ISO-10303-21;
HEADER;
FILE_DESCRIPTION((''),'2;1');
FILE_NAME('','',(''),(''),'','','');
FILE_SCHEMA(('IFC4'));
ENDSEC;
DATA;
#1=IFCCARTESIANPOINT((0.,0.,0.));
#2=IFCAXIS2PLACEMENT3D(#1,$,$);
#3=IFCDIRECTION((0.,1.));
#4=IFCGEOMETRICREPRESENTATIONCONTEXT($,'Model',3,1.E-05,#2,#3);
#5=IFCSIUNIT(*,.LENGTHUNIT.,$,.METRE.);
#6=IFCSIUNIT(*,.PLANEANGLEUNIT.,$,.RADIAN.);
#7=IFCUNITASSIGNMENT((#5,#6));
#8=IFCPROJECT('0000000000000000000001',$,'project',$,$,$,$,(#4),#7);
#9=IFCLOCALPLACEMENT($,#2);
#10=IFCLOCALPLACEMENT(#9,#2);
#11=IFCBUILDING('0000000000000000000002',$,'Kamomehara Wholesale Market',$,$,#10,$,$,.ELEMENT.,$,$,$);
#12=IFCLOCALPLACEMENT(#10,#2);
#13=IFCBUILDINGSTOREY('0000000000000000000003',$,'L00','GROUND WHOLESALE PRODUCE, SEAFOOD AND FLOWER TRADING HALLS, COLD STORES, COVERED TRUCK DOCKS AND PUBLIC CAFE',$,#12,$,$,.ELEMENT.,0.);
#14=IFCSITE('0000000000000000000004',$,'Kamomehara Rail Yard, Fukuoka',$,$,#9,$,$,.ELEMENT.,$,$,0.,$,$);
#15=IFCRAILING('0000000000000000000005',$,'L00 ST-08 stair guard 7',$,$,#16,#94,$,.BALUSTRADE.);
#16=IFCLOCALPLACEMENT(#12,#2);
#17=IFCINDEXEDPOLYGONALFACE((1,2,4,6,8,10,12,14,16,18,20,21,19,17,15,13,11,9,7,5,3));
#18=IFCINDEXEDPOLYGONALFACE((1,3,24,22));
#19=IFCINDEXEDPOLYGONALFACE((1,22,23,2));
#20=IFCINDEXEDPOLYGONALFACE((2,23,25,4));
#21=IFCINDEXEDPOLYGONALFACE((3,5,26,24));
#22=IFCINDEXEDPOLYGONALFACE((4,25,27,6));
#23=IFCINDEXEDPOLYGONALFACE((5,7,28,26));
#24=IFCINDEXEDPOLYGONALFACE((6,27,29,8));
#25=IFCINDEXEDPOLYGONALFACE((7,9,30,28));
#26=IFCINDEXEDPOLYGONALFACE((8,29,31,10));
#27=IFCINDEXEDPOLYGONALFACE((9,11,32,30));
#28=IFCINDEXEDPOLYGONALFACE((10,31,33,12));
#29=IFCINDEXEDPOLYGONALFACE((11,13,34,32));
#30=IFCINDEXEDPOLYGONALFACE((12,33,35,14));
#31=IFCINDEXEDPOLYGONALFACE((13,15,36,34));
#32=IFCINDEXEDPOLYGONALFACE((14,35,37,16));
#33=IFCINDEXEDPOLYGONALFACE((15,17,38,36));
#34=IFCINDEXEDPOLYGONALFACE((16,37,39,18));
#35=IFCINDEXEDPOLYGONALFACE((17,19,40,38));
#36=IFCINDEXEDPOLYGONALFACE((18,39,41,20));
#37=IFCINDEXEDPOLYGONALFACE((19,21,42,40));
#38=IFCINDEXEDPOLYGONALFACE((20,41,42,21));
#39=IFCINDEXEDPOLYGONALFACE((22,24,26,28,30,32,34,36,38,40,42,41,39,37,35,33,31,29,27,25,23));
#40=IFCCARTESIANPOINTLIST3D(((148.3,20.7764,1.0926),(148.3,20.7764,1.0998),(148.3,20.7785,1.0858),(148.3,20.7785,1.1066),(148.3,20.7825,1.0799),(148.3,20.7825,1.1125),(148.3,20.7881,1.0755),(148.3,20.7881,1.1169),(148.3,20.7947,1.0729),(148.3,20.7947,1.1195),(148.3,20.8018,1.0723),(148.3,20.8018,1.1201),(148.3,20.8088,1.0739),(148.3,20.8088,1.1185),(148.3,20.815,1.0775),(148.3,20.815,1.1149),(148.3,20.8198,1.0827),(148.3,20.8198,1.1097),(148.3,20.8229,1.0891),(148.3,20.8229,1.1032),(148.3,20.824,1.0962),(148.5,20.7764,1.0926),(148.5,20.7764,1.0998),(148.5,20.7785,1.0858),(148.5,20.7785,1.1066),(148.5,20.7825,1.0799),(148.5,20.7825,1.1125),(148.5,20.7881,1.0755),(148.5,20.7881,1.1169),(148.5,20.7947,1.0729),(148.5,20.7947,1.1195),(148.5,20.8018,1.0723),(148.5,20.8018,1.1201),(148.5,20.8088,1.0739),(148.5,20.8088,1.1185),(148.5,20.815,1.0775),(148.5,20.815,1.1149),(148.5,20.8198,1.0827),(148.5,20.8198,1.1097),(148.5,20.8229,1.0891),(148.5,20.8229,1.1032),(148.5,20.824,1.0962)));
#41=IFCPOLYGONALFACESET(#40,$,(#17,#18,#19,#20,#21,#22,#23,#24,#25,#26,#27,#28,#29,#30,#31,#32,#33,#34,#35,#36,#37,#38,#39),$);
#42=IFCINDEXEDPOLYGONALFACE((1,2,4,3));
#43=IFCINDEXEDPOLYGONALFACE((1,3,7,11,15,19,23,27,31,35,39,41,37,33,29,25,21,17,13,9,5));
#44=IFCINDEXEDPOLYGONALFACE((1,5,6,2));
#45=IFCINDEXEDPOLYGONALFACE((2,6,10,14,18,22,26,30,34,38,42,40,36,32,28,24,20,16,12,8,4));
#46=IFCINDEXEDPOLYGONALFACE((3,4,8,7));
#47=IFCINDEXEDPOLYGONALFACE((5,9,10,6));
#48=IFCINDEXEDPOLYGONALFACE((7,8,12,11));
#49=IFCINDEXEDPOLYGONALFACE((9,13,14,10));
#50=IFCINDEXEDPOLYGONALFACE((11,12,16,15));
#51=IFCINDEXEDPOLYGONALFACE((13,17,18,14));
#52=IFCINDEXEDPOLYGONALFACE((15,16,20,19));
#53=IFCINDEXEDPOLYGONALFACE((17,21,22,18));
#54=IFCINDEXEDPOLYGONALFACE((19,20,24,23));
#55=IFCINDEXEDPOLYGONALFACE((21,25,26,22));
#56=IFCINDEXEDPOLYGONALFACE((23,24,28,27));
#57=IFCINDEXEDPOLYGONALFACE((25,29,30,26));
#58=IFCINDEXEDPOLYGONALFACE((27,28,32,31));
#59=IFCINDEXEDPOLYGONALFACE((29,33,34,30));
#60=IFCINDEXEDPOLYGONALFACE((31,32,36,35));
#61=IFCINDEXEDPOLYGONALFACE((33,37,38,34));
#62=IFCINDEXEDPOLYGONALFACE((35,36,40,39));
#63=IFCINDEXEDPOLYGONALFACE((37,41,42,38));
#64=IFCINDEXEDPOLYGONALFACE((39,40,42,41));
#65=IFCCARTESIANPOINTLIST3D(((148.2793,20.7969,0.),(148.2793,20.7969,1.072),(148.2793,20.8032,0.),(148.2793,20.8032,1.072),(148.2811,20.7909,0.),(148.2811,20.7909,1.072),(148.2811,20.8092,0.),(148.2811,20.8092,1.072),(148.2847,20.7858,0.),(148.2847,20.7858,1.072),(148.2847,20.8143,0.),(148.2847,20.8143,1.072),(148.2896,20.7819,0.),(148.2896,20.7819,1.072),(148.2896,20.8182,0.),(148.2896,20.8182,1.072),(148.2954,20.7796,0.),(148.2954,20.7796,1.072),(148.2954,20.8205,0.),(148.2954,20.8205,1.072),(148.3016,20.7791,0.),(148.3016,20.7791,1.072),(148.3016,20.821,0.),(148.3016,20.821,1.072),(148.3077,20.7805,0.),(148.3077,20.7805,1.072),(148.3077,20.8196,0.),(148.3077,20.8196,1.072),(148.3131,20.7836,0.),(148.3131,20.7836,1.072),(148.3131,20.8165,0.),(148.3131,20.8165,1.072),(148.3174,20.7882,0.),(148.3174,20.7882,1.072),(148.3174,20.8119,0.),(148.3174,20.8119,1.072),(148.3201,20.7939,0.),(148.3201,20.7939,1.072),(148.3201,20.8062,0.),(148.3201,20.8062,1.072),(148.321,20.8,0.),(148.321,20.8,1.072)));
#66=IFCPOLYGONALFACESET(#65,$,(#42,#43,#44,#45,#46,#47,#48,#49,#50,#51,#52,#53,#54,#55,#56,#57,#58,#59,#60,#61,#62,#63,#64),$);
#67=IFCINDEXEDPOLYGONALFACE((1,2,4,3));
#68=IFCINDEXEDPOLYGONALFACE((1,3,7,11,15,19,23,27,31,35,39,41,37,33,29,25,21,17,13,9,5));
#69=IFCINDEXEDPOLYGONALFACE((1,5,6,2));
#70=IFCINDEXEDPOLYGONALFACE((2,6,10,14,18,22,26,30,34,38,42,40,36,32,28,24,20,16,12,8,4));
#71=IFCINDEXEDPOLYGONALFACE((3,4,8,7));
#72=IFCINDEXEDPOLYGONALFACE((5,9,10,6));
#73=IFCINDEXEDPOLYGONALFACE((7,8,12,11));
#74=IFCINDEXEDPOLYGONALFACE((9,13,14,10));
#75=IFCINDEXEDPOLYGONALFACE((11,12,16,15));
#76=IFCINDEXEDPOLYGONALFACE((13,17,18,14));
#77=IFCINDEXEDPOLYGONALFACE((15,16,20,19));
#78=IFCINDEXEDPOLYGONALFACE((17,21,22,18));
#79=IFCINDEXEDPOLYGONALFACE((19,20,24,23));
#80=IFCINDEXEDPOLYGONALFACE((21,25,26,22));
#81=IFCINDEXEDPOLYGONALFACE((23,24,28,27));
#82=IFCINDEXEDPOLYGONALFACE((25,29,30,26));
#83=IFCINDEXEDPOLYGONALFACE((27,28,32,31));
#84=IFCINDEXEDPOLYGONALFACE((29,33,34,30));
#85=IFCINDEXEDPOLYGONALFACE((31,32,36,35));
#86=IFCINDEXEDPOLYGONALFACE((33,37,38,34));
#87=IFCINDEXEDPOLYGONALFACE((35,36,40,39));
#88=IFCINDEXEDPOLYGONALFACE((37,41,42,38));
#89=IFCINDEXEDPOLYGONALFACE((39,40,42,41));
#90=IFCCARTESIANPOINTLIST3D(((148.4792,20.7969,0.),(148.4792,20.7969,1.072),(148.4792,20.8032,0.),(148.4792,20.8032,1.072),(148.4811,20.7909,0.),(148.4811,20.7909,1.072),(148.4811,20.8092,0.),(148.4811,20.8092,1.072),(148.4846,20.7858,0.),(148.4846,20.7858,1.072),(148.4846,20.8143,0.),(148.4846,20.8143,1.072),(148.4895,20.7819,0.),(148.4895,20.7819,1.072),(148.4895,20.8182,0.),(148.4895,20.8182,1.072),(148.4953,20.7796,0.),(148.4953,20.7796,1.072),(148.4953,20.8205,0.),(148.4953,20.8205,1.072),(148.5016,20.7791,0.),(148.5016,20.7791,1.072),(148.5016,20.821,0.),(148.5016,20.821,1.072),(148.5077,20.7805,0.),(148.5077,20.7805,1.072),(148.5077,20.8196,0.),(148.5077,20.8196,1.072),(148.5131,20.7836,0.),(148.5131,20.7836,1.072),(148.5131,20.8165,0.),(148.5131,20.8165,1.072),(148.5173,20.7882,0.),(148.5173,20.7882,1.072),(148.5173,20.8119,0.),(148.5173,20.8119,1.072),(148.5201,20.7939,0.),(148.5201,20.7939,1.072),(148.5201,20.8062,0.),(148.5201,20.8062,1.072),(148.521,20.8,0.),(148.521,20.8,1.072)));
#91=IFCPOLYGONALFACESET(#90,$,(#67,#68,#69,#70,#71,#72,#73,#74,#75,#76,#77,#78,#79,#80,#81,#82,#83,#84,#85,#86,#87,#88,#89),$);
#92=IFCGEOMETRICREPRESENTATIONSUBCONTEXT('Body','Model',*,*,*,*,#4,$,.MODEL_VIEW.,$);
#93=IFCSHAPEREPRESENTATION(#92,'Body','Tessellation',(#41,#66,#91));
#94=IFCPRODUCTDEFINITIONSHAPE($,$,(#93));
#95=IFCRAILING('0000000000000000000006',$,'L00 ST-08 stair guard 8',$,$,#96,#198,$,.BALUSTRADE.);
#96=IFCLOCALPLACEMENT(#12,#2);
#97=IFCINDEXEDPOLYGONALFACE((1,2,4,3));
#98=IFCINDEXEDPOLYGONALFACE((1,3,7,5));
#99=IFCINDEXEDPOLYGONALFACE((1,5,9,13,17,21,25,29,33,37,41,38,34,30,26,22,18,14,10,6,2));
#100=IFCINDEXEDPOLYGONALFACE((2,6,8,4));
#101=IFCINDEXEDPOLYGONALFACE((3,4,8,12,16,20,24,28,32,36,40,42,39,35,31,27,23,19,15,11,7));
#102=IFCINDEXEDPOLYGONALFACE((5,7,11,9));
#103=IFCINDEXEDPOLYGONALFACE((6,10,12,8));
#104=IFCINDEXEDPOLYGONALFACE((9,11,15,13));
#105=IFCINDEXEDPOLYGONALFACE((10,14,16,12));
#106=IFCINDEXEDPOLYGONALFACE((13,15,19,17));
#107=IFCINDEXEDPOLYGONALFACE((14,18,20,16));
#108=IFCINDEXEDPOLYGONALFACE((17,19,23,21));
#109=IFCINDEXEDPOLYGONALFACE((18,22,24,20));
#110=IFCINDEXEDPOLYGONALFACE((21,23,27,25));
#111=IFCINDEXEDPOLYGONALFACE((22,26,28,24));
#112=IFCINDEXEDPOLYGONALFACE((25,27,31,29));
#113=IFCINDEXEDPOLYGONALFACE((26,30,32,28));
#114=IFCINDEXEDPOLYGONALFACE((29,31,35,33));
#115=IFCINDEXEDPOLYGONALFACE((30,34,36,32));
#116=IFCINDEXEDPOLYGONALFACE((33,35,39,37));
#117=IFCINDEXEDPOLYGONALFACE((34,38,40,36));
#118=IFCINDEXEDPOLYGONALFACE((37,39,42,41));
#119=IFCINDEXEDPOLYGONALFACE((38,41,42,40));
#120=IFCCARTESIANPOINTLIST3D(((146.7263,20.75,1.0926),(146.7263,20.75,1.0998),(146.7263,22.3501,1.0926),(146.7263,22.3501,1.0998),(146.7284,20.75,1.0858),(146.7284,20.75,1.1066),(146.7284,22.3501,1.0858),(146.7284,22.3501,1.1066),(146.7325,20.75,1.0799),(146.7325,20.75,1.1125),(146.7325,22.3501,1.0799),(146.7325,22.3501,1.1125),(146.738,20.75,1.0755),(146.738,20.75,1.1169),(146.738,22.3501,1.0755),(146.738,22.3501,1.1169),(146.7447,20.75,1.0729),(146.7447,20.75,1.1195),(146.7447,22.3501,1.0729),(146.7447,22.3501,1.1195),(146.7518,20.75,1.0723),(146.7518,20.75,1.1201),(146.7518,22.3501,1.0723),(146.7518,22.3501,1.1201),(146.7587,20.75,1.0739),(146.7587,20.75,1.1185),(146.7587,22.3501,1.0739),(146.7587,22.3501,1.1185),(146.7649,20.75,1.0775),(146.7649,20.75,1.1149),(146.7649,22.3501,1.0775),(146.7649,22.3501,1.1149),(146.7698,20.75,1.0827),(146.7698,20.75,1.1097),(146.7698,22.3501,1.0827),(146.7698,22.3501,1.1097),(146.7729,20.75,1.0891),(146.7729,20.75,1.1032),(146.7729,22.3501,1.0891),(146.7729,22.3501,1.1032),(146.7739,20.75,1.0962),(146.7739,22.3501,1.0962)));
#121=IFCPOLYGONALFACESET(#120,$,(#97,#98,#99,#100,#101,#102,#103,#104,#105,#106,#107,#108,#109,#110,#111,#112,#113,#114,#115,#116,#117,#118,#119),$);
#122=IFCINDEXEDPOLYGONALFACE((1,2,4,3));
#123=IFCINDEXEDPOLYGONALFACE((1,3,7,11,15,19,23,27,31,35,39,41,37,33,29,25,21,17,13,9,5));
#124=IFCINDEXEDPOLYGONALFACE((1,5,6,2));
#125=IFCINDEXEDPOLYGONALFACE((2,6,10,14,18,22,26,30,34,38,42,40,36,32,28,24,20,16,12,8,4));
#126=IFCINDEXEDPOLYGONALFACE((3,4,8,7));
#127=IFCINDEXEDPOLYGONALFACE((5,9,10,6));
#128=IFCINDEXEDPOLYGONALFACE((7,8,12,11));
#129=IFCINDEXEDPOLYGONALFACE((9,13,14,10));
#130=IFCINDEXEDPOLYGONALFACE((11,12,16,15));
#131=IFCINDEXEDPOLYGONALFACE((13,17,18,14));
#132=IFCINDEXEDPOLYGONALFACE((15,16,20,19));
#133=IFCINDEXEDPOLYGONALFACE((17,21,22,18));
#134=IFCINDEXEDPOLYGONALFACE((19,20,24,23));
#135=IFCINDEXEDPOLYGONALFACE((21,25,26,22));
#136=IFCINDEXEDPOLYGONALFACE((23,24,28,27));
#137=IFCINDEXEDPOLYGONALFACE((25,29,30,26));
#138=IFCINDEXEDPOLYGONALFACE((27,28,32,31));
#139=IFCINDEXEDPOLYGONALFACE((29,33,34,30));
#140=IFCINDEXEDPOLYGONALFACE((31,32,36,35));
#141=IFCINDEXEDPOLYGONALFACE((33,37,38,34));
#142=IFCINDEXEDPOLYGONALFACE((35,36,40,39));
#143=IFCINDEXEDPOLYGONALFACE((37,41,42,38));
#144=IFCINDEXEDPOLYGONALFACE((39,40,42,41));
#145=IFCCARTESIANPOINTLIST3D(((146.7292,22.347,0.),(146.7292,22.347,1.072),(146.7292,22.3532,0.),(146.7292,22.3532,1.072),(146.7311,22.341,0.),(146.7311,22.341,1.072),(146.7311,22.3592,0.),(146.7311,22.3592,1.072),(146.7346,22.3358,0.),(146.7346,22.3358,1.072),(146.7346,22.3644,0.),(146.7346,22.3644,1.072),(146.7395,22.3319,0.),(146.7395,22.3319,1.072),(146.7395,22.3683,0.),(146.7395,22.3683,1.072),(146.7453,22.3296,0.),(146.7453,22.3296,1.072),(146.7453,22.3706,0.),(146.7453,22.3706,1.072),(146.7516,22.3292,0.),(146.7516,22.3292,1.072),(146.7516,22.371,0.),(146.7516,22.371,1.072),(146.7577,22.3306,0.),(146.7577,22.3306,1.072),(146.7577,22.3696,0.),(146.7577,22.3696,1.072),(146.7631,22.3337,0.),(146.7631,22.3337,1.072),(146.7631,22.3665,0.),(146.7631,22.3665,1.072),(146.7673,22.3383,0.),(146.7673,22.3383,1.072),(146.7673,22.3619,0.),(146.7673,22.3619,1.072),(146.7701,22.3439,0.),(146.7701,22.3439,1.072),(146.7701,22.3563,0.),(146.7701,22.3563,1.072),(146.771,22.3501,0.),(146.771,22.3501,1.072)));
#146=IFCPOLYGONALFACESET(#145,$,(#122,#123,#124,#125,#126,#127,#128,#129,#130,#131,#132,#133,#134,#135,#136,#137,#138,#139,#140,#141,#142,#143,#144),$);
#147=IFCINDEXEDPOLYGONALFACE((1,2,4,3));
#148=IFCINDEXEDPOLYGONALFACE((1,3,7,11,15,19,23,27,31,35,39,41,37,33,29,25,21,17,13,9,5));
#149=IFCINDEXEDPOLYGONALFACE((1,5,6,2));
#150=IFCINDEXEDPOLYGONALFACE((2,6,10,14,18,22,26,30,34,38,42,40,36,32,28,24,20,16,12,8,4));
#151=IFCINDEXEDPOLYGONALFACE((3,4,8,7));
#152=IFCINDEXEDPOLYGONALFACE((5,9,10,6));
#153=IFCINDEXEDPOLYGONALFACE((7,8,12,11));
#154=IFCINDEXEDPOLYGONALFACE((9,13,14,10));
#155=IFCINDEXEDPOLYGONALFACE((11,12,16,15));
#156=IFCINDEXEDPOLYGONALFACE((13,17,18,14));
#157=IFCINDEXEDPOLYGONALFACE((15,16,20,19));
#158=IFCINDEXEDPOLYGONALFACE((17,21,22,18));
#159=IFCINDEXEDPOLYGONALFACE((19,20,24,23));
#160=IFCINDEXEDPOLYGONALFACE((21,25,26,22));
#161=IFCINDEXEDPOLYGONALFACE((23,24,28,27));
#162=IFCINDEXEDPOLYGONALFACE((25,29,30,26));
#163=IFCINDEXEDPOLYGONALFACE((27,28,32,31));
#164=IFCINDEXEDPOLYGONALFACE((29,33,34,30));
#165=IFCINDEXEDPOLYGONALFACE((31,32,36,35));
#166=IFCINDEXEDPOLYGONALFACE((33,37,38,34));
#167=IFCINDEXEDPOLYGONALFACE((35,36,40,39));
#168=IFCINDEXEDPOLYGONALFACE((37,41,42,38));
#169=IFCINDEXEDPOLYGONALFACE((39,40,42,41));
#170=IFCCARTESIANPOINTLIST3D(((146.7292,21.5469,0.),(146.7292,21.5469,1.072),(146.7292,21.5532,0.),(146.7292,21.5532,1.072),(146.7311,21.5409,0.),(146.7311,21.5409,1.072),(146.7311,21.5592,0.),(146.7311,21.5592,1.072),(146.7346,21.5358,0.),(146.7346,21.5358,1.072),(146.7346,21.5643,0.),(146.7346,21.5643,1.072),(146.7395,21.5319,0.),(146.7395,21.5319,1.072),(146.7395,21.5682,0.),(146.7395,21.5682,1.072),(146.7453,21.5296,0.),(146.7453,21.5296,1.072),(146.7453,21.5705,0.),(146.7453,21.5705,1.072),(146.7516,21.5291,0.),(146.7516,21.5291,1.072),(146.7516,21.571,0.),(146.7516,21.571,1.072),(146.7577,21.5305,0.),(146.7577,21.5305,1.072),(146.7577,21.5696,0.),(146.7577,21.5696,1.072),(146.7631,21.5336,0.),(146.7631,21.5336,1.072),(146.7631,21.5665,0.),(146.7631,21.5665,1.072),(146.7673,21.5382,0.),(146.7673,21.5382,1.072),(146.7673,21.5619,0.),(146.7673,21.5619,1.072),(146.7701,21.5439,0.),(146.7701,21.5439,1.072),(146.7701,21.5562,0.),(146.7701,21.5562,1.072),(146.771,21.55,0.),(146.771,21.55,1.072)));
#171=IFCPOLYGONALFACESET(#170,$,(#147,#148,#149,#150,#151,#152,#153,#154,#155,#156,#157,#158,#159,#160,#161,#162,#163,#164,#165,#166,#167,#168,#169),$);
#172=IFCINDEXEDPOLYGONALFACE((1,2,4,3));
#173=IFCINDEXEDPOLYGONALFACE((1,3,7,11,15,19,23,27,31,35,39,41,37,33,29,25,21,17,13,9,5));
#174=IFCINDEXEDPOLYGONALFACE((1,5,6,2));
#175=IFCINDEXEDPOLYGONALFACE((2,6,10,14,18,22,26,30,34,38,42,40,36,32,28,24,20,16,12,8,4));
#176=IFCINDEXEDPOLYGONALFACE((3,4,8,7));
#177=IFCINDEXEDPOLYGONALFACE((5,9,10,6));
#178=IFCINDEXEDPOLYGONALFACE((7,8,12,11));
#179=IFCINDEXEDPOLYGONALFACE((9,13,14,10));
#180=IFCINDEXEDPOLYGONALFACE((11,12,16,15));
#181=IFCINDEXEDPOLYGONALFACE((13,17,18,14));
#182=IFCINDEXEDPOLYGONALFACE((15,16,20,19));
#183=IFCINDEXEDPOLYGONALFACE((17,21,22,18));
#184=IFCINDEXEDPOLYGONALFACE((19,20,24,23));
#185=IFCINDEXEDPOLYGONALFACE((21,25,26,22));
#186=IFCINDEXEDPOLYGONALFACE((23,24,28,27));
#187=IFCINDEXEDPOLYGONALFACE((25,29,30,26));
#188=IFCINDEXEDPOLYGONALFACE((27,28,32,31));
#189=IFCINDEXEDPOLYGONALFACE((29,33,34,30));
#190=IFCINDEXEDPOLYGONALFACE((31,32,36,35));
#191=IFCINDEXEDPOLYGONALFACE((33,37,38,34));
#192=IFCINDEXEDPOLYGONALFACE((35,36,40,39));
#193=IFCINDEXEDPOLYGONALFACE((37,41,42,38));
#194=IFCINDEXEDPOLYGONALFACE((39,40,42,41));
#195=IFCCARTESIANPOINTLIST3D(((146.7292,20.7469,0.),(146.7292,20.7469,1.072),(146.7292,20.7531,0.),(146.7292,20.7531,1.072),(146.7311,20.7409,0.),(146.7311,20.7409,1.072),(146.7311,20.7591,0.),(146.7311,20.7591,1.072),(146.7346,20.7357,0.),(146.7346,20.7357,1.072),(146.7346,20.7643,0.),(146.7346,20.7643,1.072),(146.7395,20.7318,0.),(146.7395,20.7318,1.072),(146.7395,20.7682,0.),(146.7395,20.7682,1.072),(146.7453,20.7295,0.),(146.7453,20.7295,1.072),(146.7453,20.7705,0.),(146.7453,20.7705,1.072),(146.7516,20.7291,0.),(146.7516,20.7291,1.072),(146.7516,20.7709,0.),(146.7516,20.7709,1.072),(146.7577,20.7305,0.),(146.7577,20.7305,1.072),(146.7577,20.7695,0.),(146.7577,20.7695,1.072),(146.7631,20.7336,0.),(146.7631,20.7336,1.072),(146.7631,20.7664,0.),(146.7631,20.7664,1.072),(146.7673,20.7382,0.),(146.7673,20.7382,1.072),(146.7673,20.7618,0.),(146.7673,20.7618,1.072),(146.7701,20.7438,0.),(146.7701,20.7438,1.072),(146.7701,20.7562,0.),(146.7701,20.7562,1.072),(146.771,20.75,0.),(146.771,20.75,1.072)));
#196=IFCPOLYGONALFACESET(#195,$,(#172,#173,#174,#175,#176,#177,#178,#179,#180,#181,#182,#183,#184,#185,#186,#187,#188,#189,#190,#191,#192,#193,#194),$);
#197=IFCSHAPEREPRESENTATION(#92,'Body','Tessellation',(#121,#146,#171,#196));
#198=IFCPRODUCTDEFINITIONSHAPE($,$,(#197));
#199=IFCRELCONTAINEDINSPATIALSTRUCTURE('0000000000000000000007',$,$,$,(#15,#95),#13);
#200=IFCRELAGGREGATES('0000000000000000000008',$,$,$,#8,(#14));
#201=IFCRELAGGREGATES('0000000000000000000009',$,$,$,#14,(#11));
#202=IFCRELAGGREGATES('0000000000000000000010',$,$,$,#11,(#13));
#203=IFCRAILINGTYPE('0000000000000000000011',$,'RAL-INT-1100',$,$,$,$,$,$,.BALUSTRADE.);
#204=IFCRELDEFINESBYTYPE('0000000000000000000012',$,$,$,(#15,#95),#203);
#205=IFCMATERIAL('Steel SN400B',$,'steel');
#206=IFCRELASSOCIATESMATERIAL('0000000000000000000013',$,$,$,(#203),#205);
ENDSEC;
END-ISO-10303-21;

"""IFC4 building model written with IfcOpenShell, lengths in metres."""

from ifc_helpers import new_model, si_unit, direction, frame, origin, origin_2d, place, context, subcontext, project, spatial, circle, extrude, material, type_object, element, save


model = new_model("IFC4")

# Units and contexts
model_context = context("Model", 3, precision=1e-05, world=origin(), true_north=direction((0.0, 1.0)))
body_context = subcontext(model_context, "Body", "Model", "MODEL_VIEW")
ifc_project = project(units=[si_unit("LENGTHUNIT", "METRE"), si_unit("PLANEANGLEUNIT", "RADIAN")], contexts=[model_context])

# Site, building, storey
site_placement = place(None, origin())
site = spatial("IfcSite", under=ifc_project, at=site_placement, Name="Kamomehara Rail Yard, Fukuoka", CompositionType="ELEMENT", RefElevation=0.0)
building_placement = place(site_placement, origin())
building = spatial("IfcBuilding", under=site, at=building_placement, Name="Kamomehara Wholesale Market", CompositionType="ELEMENT")
storey_placement = place(building_placement, origin())
storey = spatial("IfcBuildingStorey", under=building, at=storey_placement, Name="L00", Description="GROUND WHOLESALE PRODUCE, SEAFOOD AND FLOWER TRADING HALLS, COLD STORES, COVERED TRUCK DOCKS AND PUBLIC CAFE", CompositionType="ELEMENT", Elevation=0.0)

# Railings
ifc_material_1 = material(Name="Steel SN400B", Category="steel")
railing_type_1 = type_object("IfcRailingType", Name="RAL-INT-1100", PredefinedType="BALUSTRADE", material=ifc_material_1)
railing_1_placement = place(storey_placement, frame((148.3, 20.8, 0.0)))
element("IfcRailing", 1, at=railing_1_placement, inside=storey, type_object=railing_type_1, Name="L00 ST-08 stair guard 7", PredefinedType="BALUSTRADE", context=body_context, shape_type="SweptSolid", body=[
    extrude(circle(Radius=0.0239, at=origin_2d()), frame((0.0, 0.0, 1.0962), z_axis=(1.0, 0.0, 0.0), x_axis=(0.0, 1.0, 0.0)), (0.0, 0.0, 1.0), 0.2),
    extrude(circle(Radius=0.021, at=origin_2d()), origin(), (0.0, 0.0, 1.0), 1.072),
    extrude(circle(Radius=0.021, at=origin_2d()), frame((0.2, 0.0, 0.0)), (0.0, 0.0, 1.0), 1.072),
])
railing_2_placement = place(storey_placement, frame((146.75, 22.3501, 0.0)))
element("IfcRailing", 2, at=railing_2_placement, inside=storey, type_object=railing_type_1, Name="L00 ST-08 stair guard 8", PredefinedType="BALUSTRADE", context=body_context, shape_type="SweptSolid", body=[
    extrude(circle(Radius=0.0239, at=origin_2d()), frame((0.0, 0.0, 1.0962), z_axis=(0.0, -1.0, 0.0), x_axis=(1.0, 0.0, 0.0)), (0.0, 0.0, 1.0), 1.6001),
    extrude(circle(Radius=0.021, at=origin_2d()), origin(), (0.0, 0.0, 1.0), 1.072),
    extrude(circle(Radius=0.021, at=origin_2d()), frame((0.0, -0.8, 0.0)), (0.0, 0.0, 1.0), 1.072),
    extrude(circle(Radius=0.021, at=origin_2d()), frame((0.0, -1.6001, 0.0)), (0.0, 0.0, 1.0), 1.072),
])

save(model, "model.ifc")
